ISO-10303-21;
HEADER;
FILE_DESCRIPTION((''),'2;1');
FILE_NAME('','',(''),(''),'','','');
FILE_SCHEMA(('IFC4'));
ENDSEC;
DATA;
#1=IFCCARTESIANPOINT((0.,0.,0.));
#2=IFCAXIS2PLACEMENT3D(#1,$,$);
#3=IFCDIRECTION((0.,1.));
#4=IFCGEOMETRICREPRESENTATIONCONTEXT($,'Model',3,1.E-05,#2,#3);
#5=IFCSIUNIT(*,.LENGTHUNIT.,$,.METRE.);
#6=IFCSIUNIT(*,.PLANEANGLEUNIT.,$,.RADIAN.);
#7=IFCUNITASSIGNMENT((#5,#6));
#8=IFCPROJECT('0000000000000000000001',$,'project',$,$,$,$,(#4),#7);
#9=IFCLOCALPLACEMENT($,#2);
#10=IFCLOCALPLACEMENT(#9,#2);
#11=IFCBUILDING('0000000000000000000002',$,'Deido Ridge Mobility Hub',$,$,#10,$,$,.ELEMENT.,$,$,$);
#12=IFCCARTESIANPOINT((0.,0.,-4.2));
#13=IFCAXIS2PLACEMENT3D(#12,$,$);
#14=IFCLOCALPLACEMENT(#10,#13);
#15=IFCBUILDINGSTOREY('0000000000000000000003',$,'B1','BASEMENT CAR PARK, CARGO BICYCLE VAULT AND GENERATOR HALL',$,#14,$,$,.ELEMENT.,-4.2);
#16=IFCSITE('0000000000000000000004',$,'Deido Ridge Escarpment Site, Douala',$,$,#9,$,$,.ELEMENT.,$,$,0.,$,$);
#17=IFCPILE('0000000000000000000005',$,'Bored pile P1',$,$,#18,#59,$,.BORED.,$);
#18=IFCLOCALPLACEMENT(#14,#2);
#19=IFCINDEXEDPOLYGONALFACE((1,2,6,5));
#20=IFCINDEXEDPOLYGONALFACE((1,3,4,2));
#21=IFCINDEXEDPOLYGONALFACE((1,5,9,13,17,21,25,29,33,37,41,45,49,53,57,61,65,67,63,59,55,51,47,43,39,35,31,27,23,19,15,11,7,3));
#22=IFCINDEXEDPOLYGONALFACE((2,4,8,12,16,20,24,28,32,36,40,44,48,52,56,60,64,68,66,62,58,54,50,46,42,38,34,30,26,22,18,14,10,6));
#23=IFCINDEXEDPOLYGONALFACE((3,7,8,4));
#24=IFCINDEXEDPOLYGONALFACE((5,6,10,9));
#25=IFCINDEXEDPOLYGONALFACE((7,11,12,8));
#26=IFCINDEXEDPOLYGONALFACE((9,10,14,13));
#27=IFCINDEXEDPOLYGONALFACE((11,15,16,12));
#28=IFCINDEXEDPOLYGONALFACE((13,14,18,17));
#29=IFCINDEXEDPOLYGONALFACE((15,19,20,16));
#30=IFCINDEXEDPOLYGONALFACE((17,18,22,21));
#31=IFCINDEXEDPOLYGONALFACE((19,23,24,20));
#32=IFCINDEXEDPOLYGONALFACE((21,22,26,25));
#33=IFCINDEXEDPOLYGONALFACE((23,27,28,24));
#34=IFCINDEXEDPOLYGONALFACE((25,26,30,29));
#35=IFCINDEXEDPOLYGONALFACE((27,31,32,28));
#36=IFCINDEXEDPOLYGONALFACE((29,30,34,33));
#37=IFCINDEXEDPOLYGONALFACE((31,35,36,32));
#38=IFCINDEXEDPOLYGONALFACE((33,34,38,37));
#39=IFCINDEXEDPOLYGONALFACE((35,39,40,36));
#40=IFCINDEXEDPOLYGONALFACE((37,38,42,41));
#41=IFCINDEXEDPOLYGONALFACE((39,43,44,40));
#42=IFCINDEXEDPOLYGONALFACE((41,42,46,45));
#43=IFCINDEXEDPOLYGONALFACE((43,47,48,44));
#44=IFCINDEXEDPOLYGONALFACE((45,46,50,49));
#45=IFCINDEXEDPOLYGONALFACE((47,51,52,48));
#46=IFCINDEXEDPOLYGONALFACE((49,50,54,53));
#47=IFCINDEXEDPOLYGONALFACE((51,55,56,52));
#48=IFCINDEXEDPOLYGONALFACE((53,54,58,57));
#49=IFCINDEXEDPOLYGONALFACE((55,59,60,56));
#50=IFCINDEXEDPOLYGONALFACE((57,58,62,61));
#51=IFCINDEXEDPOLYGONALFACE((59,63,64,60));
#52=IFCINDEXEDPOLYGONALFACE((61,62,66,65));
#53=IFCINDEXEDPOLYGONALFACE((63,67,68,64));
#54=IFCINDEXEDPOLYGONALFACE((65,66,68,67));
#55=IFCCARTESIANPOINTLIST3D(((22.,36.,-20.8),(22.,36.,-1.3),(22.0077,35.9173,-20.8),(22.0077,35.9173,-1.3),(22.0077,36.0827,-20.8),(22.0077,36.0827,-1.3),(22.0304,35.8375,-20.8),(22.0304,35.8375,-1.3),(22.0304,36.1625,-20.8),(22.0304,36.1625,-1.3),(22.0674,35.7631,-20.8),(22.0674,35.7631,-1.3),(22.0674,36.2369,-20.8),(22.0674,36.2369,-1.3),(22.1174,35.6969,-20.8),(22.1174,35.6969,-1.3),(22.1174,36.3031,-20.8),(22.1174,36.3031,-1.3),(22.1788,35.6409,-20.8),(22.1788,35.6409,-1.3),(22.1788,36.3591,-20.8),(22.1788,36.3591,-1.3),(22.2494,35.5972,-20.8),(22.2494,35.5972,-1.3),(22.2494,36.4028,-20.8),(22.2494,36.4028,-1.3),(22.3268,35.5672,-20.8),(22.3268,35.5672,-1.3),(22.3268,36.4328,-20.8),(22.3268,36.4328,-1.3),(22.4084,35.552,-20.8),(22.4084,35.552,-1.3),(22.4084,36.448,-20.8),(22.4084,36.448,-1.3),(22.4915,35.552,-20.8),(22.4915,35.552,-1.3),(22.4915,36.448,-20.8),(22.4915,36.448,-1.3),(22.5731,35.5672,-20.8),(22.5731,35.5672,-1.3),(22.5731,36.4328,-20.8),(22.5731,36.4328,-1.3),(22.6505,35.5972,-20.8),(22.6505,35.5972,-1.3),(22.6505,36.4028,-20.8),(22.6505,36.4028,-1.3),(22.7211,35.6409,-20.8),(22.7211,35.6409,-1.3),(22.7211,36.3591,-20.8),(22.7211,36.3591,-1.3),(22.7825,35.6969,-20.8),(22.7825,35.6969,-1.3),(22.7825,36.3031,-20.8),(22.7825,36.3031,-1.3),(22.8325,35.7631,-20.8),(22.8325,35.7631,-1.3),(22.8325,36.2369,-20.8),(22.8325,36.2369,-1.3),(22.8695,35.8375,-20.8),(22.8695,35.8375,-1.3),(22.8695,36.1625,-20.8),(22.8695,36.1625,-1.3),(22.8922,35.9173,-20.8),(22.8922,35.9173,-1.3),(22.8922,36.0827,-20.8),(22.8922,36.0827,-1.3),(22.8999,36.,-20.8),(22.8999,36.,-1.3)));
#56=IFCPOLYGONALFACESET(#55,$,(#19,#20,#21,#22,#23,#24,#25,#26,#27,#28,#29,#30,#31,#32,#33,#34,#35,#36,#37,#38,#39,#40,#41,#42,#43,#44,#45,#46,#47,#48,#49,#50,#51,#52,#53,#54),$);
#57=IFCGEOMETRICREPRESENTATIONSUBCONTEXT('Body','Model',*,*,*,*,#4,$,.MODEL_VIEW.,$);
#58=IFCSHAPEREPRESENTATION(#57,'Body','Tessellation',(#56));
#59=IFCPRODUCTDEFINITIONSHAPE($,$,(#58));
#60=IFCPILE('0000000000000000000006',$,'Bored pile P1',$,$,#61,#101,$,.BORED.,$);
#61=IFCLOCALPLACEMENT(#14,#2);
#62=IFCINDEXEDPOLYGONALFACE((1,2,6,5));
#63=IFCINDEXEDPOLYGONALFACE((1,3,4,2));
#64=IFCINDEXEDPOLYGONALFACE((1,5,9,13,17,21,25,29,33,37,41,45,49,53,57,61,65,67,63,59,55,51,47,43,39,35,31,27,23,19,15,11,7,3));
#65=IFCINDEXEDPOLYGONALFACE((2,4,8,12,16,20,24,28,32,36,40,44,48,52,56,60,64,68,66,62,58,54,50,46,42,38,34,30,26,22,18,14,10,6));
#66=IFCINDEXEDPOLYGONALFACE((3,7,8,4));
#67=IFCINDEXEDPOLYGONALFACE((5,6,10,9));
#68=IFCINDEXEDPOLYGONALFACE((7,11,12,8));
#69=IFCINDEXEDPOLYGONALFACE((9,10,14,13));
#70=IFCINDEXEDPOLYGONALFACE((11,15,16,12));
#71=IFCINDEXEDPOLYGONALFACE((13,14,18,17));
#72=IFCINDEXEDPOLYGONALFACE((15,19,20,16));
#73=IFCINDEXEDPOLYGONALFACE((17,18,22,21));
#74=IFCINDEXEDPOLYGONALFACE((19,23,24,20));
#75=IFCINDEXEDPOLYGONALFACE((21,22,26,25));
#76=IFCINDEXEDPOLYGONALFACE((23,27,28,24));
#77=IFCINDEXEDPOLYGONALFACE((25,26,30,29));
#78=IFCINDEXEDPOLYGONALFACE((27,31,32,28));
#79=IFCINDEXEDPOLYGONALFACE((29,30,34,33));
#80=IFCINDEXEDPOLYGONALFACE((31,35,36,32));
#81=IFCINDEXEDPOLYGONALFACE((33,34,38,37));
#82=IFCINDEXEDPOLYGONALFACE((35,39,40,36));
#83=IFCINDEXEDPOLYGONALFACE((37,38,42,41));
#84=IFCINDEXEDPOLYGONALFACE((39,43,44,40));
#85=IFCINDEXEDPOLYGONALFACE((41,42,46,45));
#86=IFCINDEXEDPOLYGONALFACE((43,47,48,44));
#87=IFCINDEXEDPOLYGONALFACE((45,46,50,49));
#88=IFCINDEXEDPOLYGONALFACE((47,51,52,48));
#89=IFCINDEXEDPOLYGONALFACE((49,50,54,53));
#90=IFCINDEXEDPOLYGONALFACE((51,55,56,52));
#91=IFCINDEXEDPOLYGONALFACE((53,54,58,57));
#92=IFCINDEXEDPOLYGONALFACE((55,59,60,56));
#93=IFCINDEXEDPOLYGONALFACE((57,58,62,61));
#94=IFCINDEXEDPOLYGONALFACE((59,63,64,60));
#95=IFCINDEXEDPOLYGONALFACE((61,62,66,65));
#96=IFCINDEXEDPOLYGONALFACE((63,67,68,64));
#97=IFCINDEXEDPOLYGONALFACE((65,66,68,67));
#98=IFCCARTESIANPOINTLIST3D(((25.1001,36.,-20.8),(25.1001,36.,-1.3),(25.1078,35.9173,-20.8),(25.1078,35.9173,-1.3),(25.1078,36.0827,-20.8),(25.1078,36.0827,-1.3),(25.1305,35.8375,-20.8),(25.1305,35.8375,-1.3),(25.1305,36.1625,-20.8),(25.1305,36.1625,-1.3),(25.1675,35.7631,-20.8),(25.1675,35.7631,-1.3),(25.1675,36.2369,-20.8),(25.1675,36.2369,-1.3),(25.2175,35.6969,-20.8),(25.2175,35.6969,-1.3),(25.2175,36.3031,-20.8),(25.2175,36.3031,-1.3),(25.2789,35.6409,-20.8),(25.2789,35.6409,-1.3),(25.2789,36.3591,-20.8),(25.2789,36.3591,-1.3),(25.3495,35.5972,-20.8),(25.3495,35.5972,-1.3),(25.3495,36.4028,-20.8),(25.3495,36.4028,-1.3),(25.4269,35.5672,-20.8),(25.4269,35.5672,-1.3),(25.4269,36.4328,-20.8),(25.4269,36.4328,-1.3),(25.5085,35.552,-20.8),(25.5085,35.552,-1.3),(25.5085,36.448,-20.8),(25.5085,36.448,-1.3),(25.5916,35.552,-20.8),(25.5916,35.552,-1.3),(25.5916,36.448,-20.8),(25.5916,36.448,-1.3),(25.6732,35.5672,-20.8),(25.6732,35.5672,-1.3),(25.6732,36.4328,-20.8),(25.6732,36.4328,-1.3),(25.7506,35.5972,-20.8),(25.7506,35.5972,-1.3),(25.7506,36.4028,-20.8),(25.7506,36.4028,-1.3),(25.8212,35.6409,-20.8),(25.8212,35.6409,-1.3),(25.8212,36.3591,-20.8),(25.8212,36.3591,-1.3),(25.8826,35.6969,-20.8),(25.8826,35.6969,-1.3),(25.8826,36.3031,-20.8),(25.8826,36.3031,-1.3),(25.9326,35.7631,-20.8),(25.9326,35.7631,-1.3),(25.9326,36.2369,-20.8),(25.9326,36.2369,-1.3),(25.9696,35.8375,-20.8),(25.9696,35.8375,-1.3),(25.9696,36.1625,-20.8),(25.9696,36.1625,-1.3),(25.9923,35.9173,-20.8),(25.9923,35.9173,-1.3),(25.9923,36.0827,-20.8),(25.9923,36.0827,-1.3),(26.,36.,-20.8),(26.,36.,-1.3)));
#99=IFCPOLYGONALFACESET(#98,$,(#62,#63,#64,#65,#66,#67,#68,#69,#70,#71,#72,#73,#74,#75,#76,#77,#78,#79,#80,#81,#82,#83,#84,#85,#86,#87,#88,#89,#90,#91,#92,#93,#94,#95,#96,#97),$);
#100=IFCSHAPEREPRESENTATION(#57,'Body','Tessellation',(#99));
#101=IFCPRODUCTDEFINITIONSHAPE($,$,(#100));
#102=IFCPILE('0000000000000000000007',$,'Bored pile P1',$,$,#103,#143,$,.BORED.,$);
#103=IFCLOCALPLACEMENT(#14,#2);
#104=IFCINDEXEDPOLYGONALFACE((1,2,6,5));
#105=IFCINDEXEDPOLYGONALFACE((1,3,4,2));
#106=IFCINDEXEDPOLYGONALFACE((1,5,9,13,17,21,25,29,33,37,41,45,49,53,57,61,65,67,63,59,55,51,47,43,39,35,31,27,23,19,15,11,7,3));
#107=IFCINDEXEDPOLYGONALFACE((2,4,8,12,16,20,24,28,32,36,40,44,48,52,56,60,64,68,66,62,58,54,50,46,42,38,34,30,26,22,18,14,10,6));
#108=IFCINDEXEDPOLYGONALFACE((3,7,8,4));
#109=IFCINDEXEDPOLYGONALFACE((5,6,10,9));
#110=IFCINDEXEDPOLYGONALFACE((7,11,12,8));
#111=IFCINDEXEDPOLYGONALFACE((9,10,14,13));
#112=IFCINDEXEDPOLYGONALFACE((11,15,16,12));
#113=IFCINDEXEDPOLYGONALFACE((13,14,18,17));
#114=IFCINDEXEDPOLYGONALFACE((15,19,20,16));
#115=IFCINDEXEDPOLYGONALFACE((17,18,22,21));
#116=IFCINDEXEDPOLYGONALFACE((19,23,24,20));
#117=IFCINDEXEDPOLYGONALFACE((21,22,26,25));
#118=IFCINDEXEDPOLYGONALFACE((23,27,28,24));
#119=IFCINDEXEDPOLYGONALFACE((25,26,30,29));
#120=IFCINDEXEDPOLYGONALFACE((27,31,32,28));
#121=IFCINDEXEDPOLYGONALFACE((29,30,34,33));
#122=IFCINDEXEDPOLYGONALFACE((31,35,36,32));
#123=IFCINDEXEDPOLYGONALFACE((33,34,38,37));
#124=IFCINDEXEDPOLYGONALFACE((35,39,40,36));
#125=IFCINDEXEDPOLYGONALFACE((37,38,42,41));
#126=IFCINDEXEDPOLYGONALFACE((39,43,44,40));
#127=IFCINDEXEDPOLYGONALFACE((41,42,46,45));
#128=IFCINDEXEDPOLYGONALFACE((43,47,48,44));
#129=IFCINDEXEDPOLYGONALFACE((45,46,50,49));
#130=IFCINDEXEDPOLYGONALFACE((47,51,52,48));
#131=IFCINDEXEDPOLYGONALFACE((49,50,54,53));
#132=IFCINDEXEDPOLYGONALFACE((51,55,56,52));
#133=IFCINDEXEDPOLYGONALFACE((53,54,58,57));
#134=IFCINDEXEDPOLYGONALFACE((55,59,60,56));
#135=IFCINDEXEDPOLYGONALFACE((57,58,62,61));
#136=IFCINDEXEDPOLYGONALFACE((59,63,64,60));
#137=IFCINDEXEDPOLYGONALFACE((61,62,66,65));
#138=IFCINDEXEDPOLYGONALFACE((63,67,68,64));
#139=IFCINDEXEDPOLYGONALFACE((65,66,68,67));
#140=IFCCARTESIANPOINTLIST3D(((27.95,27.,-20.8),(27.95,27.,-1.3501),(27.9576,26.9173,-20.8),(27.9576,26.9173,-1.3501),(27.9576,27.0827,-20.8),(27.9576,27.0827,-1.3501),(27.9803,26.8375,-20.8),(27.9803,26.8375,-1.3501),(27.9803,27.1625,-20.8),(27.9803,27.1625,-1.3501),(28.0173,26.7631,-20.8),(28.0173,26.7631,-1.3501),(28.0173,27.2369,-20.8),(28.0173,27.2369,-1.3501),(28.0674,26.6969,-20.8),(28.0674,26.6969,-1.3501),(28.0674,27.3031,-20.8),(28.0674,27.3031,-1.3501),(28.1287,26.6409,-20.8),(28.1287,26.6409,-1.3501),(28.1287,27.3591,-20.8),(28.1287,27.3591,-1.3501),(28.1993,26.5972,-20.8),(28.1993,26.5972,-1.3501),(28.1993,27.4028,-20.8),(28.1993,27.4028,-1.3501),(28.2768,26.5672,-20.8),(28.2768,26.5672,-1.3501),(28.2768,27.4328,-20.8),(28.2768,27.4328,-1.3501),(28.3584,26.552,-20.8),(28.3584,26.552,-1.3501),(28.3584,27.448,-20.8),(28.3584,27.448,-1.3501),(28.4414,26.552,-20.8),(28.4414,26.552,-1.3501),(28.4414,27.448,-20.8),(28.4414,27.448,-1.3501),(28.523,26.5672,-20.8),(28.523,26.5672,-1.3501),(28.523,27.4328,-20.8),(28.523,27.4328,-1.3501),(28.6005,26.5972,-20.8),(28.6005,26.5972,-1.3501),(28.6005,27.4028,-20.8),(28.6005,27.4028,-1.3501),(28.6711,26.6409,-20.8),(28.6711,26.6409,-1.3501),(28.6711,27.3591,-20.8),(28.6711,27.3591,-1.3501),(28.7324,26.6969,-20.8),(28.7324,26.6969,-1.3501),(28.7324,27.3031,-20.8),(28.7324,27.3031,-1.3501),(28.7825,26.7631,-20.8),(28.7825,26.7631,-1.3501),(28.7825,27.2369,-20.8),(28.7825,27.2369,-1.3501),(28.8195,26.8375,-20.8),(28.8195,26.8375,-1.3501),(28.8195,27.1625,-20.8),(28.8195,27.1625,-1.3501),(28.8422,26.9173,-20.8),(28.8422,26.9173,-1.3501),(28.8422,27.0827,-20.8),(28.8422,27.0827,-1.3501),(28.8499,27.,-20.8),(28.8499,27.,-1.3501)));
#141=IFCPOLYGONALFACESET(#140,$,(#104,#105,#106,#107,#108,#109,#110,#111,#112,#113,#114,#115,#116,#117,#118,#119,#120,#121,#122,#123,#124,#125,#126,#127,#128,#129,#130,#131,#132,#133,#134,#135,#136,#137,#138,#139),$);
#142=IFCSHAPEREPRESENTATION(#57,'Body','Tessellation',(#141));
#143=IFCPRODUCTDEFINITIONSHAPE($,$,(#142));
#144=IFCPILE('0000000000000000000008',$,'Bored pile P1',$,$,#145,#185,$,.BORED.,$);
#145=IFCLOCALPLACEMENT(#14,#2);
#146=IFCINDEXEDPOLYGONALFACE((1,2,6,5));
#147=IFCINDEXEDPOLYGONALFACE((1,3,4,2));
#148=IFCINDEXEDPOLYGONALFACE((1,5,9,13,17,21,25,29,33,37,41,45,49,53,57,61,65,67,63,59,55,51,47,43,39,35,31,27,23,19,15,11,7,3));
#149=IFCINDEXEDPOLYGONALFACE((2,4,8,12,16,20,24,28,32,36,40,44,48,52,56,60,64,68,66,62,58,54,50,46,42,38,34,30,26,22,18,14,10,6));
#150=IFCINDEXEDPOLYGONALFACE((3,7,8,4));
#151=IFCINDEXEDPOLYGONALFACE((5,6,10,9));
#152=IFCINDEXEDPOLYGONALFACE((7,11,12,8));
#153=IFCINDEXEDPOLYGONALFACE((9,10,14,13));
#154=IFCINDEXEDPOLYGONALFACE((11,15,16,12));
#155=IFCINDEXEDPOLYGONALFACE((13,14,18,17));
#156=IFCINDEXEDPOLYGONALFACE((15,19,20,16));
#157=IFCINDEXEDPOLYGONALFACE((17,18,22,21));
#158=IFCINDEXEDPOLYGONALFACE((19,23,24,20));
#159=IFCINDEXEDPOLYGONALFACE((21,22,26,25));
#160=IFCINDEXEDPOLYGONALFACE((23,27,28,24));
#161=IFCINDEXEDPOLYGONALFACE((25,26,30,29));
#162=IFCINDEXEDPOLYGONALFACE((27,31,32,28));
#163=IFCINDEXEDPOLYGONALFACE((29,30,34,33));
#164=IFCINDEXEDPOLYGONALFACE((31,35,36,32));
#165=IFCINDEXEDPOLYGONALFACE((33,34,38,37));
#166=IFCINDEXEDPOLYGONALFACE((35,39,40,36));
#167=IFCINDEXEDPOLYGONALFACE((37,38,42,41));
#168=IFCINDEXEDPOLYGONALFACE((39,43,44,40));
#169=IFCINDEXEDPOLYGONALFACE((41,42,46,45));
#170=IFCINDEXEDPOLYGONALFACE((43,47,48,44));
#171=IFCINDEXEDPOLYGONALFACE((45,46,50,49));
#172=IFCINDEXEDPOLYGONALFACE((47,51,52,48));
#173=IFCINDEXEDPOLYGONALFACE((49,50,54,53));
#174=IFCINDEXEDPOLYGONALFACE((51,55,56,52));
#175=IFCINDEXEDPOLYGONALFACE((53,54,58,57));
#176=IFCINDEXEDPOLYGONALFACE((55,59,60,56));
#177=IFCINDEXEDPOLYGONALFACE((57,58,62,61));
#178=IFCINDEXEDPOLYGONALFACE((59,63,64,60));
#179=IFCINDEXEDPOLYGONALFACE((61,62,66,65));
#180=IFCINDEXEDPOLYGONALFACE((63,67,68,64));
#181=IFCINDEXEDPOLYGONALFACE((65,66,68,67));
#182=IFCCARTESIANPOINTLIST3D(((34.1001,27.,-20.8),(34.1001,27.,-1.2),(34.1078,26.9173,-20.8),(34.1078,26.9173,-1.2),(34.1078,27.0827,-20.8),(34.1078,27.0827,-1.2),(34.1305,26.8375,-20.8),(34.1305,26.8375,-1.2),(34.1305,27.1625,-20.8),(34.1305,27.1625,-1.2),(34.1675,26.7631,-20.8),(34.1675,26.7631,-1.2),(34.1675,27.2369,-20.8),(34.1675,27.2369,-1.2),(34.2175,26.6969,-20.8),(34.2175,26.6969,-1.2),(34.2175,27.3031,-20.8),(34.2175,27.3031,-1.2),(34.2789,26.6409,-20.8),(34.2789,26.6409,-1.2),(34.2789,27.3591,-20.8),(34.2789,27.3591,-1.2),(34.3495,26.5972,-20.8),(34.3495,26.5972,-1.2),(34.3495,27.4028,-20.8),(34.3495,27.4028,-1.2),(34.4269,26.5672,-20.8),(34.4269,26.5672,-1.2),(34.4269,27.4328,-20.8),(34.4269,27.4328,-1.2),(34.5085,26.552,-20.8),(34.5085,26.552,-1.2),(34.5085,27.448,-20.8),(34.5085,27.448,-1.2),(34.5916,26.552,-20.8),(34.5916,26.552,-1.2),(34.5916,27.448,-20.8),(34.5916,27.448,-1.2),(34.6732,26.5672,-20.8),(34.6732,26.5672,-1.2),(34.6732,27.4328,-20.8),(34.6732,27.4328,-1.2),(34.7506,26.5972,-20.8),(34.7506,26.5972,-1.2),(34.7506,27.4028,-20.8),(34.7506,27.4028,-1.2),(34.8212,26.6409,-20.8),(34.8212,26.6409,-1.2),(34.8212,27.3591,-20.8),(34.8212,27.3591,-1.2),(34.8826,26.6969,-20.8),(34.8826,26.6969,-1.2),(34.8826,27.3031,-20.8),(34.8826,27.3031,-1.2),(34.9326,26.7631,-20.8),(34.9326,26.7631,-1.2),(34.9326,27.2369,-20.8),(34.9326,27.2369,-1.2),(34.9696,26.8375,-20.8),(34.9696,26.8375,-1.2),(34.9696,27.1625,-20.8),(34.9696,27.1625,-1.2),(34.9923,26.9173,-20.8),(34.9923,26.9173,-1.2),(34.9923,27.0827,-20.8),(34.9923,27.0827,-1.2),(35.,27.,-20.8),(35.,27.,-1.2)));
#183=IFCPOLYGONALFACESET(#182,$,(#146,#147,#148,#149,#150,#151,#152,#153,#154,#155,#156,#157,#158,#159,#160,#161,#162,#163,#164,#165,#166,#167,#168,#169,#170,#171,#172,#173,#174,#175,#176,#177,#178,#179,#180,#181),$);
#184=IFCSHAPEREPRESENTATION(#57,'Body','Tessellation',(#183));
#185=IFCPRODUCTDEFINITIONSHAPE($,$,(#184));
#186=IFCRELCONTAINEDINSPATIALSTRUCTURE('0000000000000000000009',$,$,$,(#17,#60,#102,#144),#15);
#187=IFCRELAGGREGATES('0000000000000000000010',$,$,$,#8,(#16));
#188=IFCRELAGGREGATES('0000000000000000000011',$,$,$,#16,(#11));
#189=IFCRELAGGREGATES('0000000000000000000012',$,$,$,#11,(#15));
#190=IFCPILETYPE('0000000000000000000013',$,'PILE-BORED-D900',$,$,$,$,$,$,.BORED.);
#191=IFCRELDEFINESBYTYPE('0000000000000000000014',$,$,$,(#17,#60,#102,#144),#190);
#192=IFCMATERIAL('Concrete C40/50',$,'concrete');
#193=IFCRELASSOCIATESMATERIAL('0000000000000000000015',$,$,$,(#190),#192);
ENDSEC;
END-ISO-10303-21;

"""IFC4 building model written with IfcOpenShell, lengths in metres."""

from ifc_helpers import new_model, si_unit, direction, frame, origin, origin_2d, place, context, subcontext, project, spatial, circle, extrude, material, material_profile, profile_set, type_object, element, save


model = new_model("IFC4")

# Units and contexts
model_context = context("Model", 3, precision=1e-05, world=origin(), true_north=direction((0.0, 1.0)))
body_context = subcontext(model_context, "Body", "Model", "MODEL_VIEW")
ifc_project = project(units=[si_unit("LENGTHUNIT", "METRE"), si_unit("PLANEANGLEUNIT", "RADIAN")], contexts=[model_context])

# Site, building, storey
site_placement = place(None, origin())
site = spatial("IfcSite", under=ifc_project, at=site_placement, Name="Deido Ridge Escarpment Site, Douala", CompositionType="ELEMENT", RefElevation=0.0)
building_placement = place(site_placement, origin())
building = spatial("IfcBuilding", under=site, at=building_placement, Name="Deido Ridge Mobility Hub", CompositionType="ELEMENT")
storey_placement = place(building_placement, frame((0.0, 0.0, -4.2)))
storey = spatial("IfcBuildingStorey", under=building, at=storey_placement, Name="B1", Description="BASEMENT CAR PARK, CARGO BICYCLE VAULT AND GENERATOR HALL", CompositionType="ELEMENT", Elevation=-4.2)

# Shared definitions
ifc_material_1 = material(Name="Concrete C40/50", Category="concrete")

# Piles
ifc_material_profile_1 = material_profile(ifc_material_1, circle(Radius=0.45, at=origin_2d()), Name="BORED PILE D900")
ifc_profile_set_1 = profile_set([ifc_material_profile_1], Name="Concrete C40/50")
pile_type_1 = type_object("IfcPileType", Name="PILE-BORED-D900", PredefinedType="BORED", material=ifc_profile_set_1)
for number, where, z_axis, x_axis, name in (
    (1, (22.45, 36.0, -1.3), (0.0, 0.0, -1.0), (1.0, 0.0, 0.0), "Bored pile P1"),
    (2, (25.55, 36.0, -1.3), (0.0, 0.0, -1.0), (1.0, 0.0, 0.0), "Bored pile P1"),
):
    element("IfcPile", number, at=place(storey_placement, frame(where, z_axis=z_axis, x_axis=x_axis)), inside=storey, type_object=pile_type_1, Name=name, PredefinedType="BORED", context=body_context, shape_type="SweptSolid", body=[
        extrude(circle(Radius=0.45, at=origin_2d()), origin(), (0.0, 0.0, 1.0), 19.5),
    ])
pile_1_placement = place(storey_placement, frame((28.3999, 27.0, -1.3501), z_axis=(0.0, 0.0, -1.0), x_axis=(1.0, 0.0, 0.0)))
element("IfcPile", 3, at=pile_1_placement, inside=storey, type_object=pile_type_1, Name="Bored pile P1", PredefinedType="BORED", context=body_context, shape_type="SweptSolid", body=[
    extrude(circle(Radius=0.45, at=origin_2d()), origin(), (0.0, 0.0, 1.0), 19.45),
])
pile_2_placement = place(storey_placement, frame((34.55, 27.0, -1.2), z_axis=(0.0, 0.0, -1.0), x_axis=(1.0, 0.0, 0.0)))
element("IfcPile", 4, at=pile_2_placement, inside=storey, type_object=pile_type_1, Name="Bored pile P1", PredefinedType="BORED", context=body_context, shape_type="SweptSolid", body=[
    extrude(circle(Radius=0.45, at=origin_2d()), origin(), (0.0, 0.0, 1.0), 19.6001),
])

save(model, "model.ifc")
